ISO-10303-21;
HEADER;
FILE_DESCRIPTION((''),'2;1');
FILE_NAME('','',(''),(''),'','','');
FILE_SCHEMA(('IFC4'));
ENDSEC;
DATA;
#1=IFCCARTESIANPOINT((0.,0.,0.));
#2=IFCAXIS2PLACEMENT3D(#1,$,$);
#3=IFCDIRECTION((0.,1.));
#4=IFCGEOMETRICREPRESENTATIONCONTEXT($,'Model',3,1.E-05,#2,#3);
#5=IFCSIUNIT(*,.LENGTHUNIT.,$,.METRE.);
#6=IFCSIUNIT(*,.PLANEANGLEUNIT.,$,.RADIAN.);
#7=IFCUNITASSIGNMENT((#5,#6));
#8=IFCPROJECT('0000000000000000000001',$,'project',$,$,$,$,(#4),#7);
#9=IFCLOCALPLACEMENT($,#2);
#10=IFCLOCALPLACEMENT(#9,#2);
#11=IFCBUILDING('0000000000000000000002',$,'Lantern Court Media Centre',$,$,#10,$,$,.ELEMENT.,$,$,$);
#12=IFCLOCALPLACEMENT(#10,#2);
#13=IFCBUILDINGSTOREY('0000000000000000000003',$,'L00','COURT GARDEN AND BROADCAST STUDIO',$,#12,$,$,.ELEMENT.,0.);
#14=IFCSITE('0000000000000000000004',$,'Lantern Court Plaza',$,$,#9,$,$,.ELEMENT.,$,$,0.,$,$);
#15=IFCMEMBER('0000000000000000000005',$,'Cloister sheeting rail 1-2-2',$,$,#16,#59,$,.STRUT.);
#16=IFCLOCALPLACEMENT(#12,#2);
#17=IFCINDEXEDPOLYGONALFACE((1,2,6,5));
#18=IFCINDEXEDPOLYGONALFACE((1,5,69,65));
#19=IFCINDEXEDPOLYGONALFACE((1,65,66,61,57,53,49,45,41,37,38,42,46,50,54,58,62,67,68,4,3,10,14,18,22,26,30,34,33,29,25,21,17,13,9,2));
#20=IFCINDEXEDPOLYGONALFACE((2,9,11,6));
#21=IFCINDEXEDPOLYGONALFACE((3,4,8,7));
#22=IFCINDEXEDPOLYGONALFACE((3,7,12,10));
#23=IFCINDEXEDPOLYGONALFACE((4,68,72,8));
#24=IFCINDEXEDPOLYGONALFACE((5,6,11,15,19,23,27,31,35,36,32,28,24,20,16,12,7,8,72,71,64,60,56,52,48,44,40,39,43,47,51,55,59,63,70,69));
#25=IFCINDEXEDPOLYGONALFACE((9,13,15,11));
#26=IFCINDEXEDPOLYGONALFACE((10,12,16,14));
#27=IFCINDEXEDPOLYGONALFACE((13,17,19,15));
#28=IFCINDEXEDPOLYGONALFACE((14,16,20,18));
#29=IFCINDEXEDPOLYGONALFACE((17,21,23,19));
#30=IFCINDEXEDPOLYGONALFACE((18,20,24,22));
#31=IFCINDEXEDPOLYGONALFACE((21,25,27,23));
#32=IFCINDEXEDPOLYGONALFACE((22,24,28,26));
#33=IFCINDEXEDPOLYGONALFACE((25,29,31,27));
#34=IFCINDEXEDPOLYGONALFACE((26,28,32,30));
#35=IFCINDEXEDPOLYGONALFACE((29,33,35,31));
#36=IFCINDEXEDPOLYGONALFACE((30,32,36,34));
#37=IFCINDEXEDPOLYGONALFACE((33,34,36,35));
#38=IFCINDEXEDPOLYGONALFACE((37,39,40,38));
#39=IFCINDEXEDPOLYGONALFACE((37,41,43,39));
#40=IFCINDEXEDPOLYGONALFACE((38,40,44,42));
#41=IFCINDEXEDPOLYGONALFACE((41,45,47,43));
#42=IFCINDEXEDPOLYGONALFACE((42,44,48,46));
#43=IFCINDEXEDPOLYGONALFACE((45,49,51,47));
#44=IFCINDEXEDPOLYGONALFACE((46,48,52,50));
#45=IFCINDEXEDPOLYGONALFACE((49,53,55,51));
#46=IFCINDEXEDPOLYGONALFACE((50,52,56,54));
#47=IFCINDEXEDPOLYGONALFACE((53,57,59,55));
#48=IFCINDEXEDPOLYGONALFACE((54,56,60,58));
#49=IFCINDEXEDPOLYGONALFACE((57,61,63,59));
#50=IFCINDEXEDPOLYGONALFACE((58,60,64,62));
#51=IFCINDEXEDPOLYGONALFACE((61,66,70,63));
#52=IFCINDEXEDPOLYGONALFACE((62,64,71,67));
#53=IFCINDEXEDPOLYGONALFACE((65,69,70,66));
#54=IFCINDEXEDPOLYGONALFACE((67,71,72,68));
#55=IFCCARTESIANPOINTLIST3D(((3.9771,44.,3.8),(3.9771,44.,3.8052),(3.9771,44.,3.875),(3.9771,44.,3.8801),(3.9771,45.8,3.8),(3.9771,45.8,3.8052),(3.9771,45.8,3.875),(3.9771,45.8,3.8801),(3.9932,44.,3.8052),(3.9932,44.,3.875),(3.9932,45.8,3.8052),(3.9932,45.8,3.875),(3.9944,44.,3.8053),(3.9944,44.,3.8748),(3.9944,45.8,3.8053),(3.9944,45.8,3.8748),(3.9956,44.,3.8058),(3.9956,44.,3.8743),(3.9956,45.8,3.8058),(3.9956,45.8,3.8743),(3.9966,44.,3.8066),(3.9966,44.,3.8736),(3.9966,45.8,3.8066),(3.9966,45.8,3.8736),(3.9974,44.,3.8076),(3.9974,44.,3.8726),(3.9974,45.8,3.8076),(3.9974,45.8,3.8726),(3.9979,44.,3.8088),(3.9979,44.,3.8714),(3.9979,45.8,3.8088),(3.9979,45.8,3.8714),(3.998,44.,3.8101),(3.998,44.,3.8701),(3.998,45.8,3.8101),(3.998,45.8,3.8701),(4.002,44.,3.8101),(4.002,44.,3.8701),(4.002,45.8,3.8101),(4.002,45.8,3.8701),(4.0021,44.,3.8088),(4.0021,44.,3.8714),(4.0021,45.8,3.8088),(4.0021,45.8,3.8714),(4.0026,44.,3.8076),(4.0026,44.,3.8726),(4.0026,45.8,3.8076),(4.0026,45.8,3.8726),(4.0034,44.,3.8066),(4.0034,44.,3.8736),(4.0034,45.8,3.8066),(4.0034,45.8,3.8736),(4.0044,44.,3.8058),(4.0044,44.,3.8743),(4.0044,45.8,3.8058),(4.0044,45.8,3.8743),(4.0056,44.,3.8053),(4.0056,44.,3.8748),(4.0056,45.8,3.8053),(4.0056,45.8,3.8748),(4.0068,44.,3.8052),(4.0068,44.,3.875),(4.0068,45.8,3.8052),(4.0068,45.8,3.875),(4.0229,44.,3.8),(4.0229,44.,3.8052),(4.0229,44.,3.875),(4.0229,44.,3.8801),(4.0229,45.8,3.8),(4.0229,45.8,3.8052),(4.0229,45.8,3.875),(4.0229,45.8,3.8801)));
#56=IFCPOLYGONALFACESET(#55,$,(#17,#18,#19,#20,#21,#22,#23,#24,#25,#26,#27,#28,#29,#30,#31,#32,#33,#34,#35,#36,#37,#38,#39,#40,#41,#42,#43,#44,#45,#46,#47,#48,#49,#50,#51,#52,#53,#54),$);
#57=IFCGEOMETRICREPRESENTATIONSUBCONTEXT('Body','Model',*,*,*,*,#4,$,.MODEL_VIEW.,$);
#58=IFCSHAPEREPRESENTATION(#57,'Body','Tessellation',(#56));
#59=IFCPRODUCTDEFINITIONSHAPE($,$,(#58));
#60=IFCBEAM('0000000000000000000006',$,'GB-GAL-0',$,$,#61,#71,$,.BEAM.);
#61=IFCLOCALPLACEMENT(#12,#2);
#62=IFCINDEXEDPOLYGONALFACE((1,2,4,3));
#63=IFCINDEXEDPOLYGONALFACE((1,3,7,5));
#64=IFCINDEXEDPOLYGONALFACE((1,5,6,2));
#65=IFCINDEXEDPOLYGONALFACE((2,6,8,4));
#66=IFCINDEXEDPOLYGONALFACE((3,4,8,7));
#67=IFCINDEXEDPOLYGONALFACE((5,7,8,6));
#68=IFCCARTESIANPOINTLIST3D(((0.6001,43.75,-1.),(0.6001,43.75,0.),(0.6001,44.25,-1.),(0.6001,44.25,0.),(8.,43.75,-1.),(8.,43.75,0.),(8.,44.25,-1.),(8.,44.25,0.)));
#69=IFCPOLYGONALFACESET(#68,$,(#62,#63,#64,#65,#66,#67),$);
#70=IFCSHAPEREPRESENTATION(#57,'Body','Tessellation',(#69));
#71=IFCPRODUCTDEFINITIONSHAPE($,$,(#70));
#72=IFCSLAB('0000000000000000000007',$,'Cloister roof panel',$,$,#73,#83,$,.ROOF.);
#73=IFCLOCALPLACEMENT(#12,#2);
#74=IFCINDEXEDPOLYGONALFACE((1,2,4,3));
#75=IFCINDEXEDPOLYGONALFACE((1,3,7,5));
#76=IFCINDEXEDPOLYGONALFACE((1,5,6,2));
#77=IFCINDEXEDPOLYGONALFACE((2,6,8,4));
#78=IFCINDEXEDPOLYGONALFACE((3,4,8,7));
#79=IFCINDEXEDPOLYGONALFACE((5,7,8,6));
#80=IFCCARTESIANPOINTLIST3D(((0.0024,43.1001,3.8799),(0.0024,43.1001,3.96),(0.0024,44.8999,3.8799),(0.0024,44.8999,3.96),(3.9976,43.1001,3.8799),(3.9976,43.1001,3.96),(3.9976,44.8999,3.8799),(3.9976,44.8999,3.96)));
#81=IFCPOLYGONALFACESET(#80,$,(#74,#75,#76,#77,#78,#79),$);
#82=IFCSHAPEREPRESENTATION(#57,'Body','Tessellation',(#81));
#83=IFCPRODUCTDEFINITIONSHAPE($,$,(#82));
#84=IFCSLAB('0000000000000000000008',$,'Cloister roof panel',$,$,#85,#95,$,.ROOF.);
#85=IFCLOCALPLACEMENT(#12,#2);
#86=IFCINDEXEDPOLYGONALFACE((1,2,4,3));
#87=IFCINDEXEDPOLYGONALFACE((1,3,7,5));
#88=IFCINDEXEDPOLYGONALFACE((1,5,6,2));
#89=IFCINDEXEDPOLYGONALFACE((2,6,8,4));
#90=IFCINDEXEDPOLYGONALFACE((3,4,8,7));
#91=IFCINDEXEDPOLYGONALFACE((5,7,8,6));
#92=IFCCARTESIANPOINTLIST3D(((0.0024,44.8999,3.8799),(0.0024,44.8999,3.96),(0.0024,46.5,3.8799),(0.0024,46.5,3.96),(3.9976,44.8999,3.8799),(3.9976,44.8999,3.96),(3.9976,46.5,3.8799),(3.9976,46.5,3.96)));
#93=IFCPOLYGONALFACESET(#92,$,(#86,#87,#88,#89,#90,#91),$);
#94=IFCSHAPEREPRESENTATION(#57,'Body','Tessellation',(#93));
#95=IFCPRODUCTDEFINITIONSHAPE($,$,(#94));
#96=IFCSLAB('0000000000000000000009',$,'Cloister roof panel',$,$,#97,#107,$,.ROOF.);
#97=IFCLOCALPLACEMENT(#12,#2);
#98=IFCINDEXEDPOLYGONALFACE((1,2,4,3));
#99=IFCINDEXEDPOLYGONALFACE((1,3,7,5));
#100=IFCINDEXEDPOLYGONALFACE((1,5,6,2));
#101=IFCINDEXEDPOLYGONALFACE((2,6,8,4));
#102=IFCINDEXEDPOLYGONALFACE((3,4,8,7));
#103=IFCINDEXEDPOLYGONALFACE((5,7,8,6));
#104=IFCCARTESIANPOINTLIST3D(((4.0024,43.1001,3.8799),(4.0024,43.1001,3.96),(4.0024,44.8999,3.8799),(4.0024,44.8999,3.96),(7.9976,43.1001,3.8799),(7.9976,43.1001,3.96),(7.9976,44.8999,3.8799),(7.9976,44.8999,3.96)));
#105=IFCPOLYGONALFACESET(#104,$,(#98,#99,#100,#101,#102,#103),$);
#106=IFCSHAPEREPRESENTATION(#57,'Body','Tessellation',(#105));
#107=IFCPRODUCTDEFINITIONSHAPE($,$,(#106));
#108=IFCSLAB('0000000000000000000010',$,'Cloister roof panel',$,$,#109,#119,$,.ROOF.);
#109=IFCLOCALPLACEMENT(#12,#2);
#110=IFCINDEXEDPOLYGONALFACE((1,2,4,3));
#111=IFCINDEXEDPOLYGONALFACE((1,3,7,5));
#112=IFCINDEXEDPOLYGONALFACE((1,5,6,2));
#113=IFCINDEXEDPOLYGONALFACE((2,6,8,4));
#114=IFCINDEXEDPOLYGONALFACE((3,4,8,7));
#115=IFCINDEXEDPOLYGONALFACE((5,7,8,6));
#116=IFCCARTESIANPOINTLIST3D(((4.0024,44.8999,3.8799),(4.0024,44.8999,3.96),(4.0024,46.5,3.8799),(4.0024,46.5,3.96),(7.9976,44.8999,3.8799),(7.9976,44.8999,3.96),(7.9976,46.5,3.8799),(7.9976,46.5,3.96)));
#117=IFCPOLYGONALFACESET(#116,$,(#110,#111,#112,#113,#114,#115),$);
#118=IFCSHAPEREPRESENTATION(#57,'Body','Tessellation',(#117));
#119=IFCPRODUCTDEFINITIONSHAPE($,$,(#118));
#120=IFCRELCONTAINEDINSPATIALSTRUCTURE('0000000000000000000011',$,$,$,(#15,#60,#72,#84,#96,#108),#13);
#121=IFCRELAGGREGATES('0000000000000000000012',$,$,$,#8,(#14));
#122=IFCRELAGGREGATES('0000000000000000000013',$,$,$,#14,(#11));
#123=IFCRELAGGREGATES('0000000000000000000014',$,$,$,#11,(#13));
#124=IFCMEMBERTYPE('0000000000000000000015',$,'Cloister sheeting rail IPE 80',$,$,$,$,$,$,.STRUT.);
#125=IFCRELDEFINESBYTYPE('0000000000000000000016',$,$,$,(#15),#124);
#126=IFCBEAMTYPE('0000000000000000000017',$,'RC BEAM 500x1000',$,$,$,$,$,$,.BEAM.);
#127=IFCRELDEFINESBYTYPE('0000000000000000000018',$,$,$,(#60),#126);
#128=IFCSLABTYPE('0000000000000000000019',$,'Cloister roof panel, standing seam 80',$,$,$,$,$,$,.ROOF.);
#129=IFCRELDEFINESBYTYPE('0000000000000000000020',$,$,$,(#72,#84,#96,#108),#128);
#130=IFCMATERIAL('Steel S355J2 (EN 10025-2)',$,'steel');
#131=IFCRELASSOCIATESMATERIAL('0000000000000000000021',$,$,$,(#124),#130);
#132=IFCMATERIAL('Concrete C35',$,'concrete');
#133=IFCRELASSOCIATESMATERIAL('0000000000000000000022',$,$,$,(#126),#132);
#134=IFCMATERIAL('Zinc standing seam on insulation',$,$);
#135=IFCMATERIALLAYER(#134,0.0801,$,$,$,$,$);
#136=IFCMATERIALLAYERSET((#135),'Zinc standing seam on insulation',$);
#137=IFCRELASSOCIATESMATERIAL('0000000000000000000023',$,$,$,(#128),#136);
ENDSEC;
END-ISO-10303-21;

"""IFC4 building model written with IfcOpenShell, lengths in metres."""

from ifc_helpers import new_model, si_unit, direction, frame, origin, origin_2d, place, context, subcontext, project, spatial, polyline, rectangle, i_section, outline, extrude, material, layer, layer_set, material_profile, profile_set, type_object, element, save


model = new_model("IFC4")

# Units and contexts
model_context = context("Model", 3, precision=1e-05, world=origin(), true_north=direction((0.0, 1.0)))
body_context = subcontext(model_context, "Body", "Model", "MODEL_VIEW")
ifc_project = project(units=[si_unit("LENGTHUNIT", "METRE"), si_unit("PLANEANGLEUNIT", "RADIAN")], contexts=[model_context])

# Site, building, storey
site_placement = place(None, origin())
site = spatial("IfcSite", under=ifc_project, at=site_placement, Name="Lantern Court Plaza", CompositionType="ELEMENT", RefElevation=0.0)
building_placement = place(site_placement, origin())
building = spatial("IfcBuilding", under=site, at=building_placement, Name="Lantern Court Media Centre", CompositionType="ELEMENT")
storey_placement = place(building_placement, origin())
storey = spatial("IfcBuildingStorey", under=building, at=storey_placement, Name="L00", Description="COURT GARDEN AND BROADCAST STUDIO", CompositionType="ELEMENT", Elevation=0.0)

# Shared definitions
ifc_material_1 = material(Name="Steel S355J2 (EN 10025-2)", Category="steel")

# Member
ifc_material_profile_1 = material_profile(ifc_material_1, i_section(OverallWidth=0.0459, OverallDepth=0.0801, WebThickness=0.0039, FlangeThickness=0.0051, FilletRadius=0.0049, at=origin_2d()), Name="IPE 80")
ifc_profile_set_1 = profile_set([ifc_material_profile_1], Name="Steel S355J2 (EN 10025-2)")
member_type_1 = type_object("IfcMemberType", Name="Cloister sheeting rail IPE 80", PredefinedType="STRUT", material=ifc_profile_set_1)
for number, where, z_axis, x_axis, name in (
    (1, (4.0, 44.0, 3.8401), (0.0, 1.0, 0.0), (-1.0, 0.0, 0.0), "Cloister sheeting rail 1-2-2"),
):
    element("IfcMember", number, at=place(storey_placement, frame(where, z_axis=z_axis, x_axis=x_axis)), inside=storey, type_object=member_type_1, Name=name, PredefinedType="STRUT", context=body_context, shape_type="SweptSolid", body=[
        extrude(i_section(OverallWidth=0.0459, OverallDepth=0.0801, WebThickness=0.0039, FlangeThickness=0.0051, FilletRadius=0.0049, at=origin_2d()), origin(), (0.0, 0.0, 1.0), 1.8),
    ])

# Beam
ifc_material_2 = material(Name="Concrete C35", Category="concrete")
ifc_material_profile_2 = material_profile(ifc_material_2, rectangle(XDim=0.5, YDim=1.0, at=origin_2d()), Name="RC 500x1000")
ifc_profile_set_2 = profile_set([ifc_material_profile_2], Name="Concrete C35")
beam_type = type_object("IfcBeamType", Name="RC BEAM 500x1000", PredefinedType="BEAM", material=ifc_profile_set_2)
beam_placement = place(storey_placement, frame((0.6001, 44.0, -0.5), z_axis=(1.0, 0.0, 0.0), x_axis=(0.0, 1.0, 0.0)))
element("IfcBeam", 2, at=beam_placement, inside=storey, type_object=beam_type, Name="GB-GAL-0", PredefinedType="BEAM", context=body_context, shape_type="SweptSolid", body=[
    extrude(rectangle(XDim=0.5, YDim=1.0, at=origin_2d()), origin(), (0.0, 0.0, 1.0), 7.3999),
])

# Slabs
ifc_material_3 = material(Name="Zinc standing seam on insulation")
ifc_layer = layer(ifc_material_3, 0.0801)
ifc_layer_set = layer_set([ifc_layer], Name="Zinc standing seam on insulation")
slab_type = type_object("IfcSlabType", Name="Cloister roof panel, standing seam 80", PredefinedType="ROOF", material=ifc_layer_set)
slab_1_placement = place(storey_placement, frame((0.0024, 43.1001, 3.96), z_axis=(0.0, 0.0, 1.0), x_axis=(1.0, 0.0, 0.0)))
element("IfcSlab", 3, at=slab_1_placement, inside=storey, type_object=slab_type, Name="Cloister roof panel", PredefinedType="ROOF", context=body_context, shape_type="SweptSolid", body=[
    extrude(outline(polyline([(0.0, 0.0), (3.9951, 0.0), (3.9951, 1.7998), (0.0, 1.7998), (0.0, 0.0)])), origin(), (0.0, 0.0, -1.0), 0.0801),
])
slab_2_placement = place(storey_placement, frame((0.0024, 44.8999, 3.96), z_axis=(0.0, 0.0, 1.0), x_axis=(1.0, 0.0, 0.0)))
element("IfcSlab", 4, at=slab_2_placement, inside=storey, type_object=slab_type, Name="Cloister roof panel", PredefinedType="ROOF", context=body_context, shape_type="SweptSolid", body=[
    extrude(outline(polyline([(0.0, 0.0), (3.9951, 0.0), (3.9951, 1.6001), (0.0, 1.6001), (0.0, 0.0)])), origin(), (0.0, 0.0, -1.0), 0.0801),
])
slab_3_placement = place(storey_placement, frame((4.0024, 43.1001, 3.96), z_axis=(0.0, 0.0, 1.0), x_axis=(1.0, 0.0, 0.0)))
element("IfcSlab", 5, at=slab_3_placement, inside=storey, type_object=slab_type, Name="Cloister roof panel", PredefinedType="ROOF", context=body_context, shape_type="SweptSolid", body=[
    extrude(outline(polyline([(0.0, 0.0), (3.9951, 0.0), (3.9951, 1.7998), (0.0, 1.7998), (0.0, 0.0)])), origin(), (0.0, 0.0, -1.0), 0.0801),
])
slab_4_placement = place(storey_placement, frame((4.0024, 44.8999, 3.96), z_axis=(0.0, 0.0, 1.0), x_axis=(1.0, 0.0, 0.0)))
element("IfcSlab", 6, at=slab_4_placement, inside=storey, type_object=slab_type, Name="Cloister roof panel", PredefinedType="ROOF", context=body_context, shape_type="SweptSolid", body=[
    extrude(outline(polyline([(0.0, 0.0), (3.9951, 0.0), (3.9951, 1.6001), (0.0, 1.6001), (0.0, 0.0)])), origin(), (0.0, 0.0, -1.0), 0.0801),
])

save(model, "model.ifc")
